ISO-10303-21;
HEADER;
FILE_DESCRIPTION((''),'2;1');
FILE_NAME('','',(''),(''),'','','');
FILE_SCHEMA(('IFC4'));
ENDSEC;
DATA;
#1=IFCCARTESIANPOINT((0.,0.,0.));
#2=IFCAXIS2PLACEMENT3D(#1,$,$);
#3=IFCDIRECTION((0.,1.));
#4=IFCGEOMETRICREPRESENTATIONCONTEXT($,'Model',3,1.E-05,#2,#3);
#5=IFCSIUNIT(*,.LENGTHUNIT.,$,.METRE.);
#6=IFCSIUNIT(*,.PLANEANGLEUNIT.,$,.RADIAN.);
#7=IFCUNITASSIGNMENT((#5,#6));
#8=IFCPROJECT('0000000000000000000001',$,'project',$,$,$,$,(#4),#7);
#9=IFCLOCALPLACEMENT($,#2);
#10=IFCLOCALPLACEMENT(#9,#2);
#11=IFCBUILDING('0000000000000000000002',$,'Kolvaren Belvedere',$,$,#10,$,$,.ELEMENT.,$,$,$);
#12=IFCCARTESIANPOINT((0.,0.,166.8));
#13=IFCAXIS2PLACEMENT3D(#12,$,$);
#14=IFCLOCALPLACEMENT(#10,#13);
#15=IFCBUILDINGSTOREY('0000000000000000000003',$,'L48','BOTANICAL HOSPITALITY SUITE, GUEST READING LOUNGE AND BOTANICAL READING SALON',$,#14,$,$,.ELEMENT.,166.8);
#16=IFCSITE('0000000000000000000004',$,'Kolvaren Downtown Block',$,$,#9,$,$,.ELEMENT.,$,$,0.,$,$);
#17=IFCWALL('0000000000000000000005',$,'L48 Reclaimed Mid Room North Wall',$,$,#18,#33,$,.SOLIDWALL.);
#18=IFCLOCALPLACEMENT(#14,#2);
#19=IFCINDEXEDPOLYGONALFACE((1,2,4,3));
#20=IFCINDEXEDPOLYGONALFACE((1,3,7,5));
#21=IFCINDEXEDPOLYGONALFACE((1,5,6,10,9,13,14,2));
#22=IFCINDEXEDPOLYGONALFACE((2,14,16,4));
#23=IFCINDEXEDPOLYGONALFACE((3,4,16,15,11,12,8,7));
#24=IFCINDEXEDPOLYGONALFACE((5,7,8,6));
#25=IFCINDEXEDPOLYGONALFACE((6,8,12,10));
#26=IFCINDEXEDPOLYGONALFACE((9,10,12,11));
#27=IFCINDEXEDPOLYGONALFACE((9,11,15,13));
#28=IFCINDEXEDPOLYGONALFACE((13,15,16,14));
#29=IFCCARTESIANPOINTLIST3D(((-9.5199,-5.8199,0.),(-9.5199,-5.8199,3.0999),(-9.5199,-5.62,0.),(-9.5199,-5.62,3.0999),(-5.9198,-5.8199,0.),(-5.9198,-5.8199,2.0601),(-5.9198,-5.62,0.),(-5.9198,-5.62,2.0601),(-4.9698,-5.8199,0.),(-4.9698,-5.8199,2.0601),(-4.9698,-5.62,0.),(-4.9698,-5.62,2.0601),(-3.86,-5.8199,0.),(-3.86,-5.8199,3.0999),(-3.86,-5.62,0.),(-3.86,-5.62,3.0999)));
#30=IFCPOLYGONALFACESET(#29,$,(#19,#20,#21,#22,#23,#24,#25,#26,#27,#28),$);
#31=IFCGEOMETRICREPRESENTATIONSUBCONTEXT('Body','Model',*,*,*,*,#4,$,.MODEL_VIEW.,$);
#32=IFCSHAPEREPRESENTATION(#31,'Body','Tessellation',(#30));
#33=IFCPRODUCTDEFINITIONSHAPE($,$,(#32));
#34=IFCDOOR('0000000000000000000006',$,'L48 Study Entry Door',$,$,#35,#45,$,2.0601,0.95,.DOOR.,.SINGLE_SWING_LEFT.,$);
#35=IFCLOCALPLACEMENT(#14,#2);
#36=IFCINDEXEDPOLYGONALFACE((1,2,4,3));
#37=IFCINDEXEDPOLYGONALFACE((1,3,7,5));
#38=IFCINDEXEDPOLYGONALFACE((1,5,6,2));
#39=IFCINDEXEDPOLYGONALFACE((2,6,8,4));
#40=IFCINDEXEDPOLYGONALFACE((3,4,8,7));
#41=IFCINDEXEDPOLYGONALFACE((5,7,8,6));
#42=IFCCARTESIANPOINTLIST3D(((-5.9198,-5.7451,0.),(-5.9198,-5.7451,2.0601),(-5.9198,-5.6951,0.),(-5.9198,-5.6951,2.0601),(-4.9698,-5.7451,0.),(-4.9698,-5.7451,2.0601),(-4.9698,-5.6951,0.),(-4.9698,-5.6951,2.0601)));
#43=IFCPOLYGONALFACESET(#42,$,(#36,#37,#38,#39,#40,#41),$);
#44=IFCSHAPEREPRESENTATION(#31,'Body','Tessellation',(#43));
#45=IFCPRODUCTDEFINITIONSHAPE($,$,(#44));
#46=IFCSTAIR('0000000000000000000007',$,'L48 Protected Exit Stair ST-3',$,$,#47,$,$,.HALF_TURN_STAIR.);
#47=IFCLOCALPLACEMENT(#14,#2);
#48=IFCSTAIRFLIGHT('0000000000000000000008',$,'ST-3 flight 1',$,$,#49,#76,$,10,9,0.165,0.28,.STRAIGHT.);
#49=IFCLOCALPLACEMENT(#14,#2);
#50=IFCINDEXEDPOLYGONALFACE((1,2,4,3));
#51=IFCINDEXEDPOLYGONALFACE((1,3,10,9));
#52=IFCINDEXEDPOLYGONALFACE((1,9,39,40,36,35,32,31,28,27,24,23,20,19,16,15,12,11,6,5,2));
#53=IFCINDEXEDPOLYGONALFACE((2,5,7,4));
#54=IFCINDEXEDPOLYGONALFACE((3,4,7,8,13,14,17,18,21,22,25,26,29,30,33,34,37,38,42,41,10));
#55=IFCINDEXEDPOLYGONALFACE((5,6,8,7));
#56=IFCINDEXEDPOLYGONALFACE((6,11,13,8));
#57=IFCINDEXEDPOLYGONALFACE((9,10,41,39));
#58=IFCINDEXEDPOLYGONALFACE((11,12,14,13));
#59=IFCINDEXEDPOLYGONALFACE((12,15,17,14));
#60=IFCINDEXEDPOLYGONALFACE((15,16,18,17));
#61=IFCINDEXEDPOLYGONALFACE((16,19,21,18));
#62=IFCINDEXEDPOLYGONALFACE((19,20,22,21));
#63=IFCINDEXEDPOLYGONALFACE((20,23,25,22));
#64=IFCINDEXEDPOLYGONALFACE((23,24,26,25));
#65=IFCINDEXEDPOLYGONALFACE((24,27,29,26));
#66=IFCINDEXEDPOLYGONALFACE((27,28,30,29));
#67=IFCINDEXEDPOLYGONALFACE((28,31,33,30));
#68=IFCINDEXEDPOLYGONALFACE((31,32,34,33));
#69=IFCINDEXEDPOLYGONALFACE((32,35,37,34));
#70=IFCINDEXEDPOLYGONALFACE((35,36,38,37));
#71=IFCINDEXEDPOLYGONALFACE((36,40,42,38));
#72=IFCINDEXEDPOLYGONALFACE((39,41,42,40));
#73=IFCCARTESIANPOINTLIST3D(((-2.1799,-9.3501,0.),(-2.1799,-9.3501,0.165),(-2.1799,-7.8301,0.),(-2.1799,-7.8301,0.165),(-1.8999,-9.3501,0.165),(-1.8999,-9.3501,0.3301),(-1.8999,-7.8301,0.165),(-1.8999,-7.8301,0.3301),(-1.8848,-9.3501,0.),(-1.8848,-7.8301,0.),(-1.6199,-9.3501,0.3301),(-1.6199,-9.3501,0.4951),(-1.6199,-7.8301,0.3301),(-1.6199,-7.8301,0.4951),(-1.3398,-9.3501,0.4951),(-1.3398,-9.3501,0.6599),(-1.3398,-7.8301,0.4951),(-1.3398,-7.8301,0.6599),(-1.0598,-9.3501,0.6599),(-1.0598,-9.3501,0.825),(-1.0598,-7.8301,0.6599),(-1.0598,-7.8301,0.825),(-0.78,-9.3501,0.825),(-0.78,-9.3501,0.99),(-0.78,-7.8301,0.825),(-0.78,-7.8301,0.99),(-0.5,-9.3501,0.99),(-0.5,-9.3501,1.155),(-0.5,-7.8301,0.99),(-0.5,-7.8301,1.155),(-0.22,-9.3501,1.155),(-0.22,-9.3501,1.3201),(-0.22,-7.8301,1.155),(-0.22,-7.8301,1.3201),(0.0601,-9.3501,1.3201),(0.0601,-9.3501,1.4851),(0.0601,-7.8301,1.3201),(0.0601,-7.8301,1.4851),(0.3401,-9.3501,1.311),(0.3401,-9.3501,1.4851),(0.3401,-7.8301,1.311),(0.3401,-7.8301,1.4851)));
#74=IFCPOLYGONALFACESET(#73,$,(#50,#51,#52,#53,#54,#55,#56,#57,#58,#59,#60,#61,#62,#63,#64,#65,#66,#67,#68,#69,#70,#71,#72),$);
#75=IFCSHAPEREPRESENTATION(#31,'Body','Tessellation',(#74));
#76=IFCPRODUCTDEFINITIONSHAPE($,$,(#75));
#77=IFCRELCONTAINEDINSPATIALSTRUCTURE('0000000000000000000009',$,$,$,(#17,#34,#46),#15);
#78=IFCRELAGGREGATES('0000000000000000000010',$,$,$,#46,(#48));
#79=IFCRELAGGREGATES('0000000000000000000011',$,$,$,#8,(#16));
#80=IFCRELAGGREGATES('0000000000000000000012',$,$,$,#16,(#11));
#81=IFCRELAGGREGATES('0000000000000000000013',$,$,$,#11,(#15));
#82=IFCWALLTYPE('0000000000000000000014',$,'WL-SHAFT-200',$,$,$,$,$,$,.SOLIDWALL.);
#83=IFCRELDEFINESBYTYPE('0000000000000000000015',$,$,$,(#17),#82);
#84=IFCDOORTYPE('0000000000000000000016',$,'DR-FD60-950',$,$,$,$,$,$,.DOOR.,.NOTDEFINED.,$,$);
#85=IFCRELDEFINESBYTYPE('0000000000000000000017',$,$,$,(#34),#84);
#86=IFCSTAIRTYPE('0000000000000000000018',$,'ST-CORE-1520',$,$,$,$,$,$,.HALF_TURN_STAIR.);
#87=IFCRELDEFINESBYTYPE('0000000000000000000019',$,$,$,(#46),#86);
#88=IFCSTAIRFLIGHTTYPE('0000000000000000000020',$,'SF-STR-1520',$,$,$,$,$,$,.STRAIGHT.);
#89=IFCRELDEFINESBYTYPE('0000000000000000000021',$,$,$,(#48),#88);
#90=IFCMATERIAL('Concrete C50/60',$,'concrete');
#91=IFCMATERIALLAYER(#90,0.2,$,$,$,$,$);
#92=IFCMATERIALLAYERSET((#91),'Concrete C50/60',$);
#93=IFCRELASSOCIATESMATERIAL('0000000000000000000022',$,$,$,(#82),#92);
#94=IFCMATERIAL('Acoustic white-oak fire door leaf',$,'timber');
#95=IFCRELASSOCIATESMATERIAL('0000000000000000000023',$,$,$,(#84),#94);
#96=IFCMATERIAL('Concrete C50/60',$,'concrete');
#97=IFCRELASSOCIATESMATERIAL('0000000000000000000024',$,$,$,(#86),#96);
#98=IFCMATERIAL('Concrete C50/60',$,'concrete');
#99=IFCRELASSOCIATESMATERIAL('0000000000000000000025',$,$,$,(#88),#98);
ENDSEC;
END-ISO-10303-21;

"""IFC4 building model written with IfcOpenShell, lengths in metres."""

from ifc_helpers import new_model, si_unit, direction, frame, frame_2d, origin, place, context, subcontext, project, spatial, polyline, rectangle, outline, extrude, material, layer, layer_set, type_object, element, fill, aggregate, save


model = new_model("IFC4")

# Units and contexts
model_context = context("Model", 3, precision=1e-05, world=origin(), true_north=direction((0.0, 1.0)))
body_context = subcontext(model_context, "Body", "Model", "MODEL_VIEW")
ifc_project = project(units=[si_unit("LENGTHUNIT", "METRE"), si_unit("PLANEANGLEUNIT", "RADIAN")], contexts=[model_context])

# Site, building, storey
site_placement = place(None, origin())
site = spatial("IfcSite", under=ifc_project, at=site_placement, Name="Kolvaren Downtown Block", CompositionType="ELEMENT", RefElevation=0.0)
building_placement = place(site_placement, origin())
building = spatial("IfcBuilding", under=site, at=building_placement, Name="Kolvaren Belvedere", CompositionType="ELEMENT")
storey_placement = place(building_placement, frame((0.0, 0.0, 166.8)))
storey = spatial("IfcBuildingStorey", under=building, at=storey_placement, Name="L48", Description="BOTANICAL HOSPITALITY SUITE, GUEST READING LOUNGE AND BOTANICAL READING SALON", CompositionType="ELEMENT", Elevation=166.8)

# Shared definitions
ifc_material_1 = material(Name="Concrete C50/60", Category="concrete")
ifc_layer_1 = layer(ifc_material_1, 0.2)
ifc_layer_set_1 = layer_set([ifc_layer_1], Name="Concrete C50/60")
wall_type_1 = type_object("IfcWallType", Name="WL-SHAFT-200", PredefinedType="SOLIDWALL", material=ifc_layer_set_1)
ifc_material_2 = material(Name="Acoustic white-oak fire door leaf", Category="timber")
door_type_1 = type_object("IfcDoorType", Name="DR-FD60-950", OperationType="NOTDEFINED", PredefinedType="DOOR", material=ifc_material_2)

# Wall, opening, door
wall_1_placement = place(storey_placement, frame((-9.52, -5.72, 0.0), z_axis=(0.0, 0.0, 1.0), x_axis=(1.0, 0.0, 0.0)))
wall_1 = element("IfcWall", 1, at=wall_1_placement, inside=storey, type_object=wall_type_1, Name="L48 Reclaimed Mid Room North Wall", PredefinedType="SOLIDWALL", context=body_context, shape_type="SweptSolid", body=[
    extrude(rectangle(XDim=5.6599, YDim=0.2, at=frame_2d((2.8301, 0.0))), origin(), (0.0, 0.0, 1.0), 3.0999),
])
opening_1_placement = place(wall_1_placement, frame((3.6001, 0.0, 0.0)))
opening_1 = element("IfcOpeningElement", 2, at=opening_1_placement, cuts=wall_1, PredefinedType="OPENING", context=body_context, shape_type="SweptSolid", body=[
    extrude(rectangle(XDim=0.95, YDim=2.0601, at=frame_2d((0.4751, 1.03))), frame((0.0, 0.1099, 0.0), z_axis=(0.0, -1.0, 0.0), x_axis=(1.0, 0.0, 0.0)), (0.0, 0.0, 1.0), 0.22),
])
door_1_placement = place(opening_1_placement, origin())
door_1 = element("IfcDoor", 3, at=door_1_placement, inside=storey, type_object=door_type_1, Name="L48 Study Entry Door", OperationType="SINGLE_SWING_LEFT", OverallHeight=2.0601, OverallWidth=0.95, PredefinedType="DOOR", context=body_context, shape_type="SweptSolid", body=[
    extrude(rectangle(XDim=0.95, YDim=2.0601, at=frame_2d((0.4751, 1.03))), frame((0.0, 0.0249, 0.0), z_axis=(0.0, -1.0, 0.0), x_axis=(1.0, 0.0, 0.0)), (0.0, 0.0, 1.0), 0.05),
])
fill(opening_1, door_1)

# Stair, stair flight
ifc_material_3 = material(Name="Concrete C50/60", Category="concrete")
stair_type = type_object("IfcStairType", Name="ST-CORE-1520", PredefinedType="HALF_TURN_STAIR", material=ifc_material_3)
stair_placement = place(storey_placement, origin())
stair = element("IfcStair", 4, at=stair_placement, inside=storey, type_object=stair_type, Name="L48 Protected Exit Stair ST-3", PredefinedType="HALF_TURN_STAIR")
ifc_material_4 = material(Name="Concrete C50/60", Category="concrete")
stair_flight_type = type_object("IfcStairFlightType", Name="SF-STR-1520", PredefinedType="STRAIGHT", material=ifc_material_4)
stair_flight_placement = place(storey_placement, frame((-2.1799, -8.5901, 0.0), z_axis=(0.0, 0.0, 1.0), x_axis=(1.0, 0.0, 0.0)))
stair_flight = element("IfcStairFlight", 5, at=stair_flight_placement, type_object=stair_flight_type, Name="ST-3 flight 1", NumberOfRisers=10, NumberOfTreads=9, PredefinedType="STRAIGHT", RiserHeight=0.165, TreadLength=0.28, context=body_context, shape_type="SweptSolid", body=[
    extrude(outline(polyline([(0.0, 0.0), (0.0, 0.165), (0.28, 0.165), (0.28, 0.3301), (0.5601, 0.3301), (0.5601, 0.4951), (0.8401, 0.4951), (0.8401, 0.6599), (1.1201, 0.6599), (1.1201, 0.825), (1.3999, 0.825), (1.3999, 0.99), (1.6799, 0.99), (1.6799, 1.155), (1.96, 1.155), (1.96, 1.3201), (2.24, 1.3201), (2.24, 1.4851), (2.52, 1.4851), (2.52, 1.6499), (2.52, 1.311), (0.2952, 0.0), (0.0, 0.0)])), frame((0.0, 0.76, 0.0), z_axis=(0.0, -1.0, 0.0), x_axis=(1.0, 0.0, 0.0)), (0.0, 0.0, 1.0), 1.52),
])
aggregate(stair, [stair_flight])

save(model, "model.ifc")
